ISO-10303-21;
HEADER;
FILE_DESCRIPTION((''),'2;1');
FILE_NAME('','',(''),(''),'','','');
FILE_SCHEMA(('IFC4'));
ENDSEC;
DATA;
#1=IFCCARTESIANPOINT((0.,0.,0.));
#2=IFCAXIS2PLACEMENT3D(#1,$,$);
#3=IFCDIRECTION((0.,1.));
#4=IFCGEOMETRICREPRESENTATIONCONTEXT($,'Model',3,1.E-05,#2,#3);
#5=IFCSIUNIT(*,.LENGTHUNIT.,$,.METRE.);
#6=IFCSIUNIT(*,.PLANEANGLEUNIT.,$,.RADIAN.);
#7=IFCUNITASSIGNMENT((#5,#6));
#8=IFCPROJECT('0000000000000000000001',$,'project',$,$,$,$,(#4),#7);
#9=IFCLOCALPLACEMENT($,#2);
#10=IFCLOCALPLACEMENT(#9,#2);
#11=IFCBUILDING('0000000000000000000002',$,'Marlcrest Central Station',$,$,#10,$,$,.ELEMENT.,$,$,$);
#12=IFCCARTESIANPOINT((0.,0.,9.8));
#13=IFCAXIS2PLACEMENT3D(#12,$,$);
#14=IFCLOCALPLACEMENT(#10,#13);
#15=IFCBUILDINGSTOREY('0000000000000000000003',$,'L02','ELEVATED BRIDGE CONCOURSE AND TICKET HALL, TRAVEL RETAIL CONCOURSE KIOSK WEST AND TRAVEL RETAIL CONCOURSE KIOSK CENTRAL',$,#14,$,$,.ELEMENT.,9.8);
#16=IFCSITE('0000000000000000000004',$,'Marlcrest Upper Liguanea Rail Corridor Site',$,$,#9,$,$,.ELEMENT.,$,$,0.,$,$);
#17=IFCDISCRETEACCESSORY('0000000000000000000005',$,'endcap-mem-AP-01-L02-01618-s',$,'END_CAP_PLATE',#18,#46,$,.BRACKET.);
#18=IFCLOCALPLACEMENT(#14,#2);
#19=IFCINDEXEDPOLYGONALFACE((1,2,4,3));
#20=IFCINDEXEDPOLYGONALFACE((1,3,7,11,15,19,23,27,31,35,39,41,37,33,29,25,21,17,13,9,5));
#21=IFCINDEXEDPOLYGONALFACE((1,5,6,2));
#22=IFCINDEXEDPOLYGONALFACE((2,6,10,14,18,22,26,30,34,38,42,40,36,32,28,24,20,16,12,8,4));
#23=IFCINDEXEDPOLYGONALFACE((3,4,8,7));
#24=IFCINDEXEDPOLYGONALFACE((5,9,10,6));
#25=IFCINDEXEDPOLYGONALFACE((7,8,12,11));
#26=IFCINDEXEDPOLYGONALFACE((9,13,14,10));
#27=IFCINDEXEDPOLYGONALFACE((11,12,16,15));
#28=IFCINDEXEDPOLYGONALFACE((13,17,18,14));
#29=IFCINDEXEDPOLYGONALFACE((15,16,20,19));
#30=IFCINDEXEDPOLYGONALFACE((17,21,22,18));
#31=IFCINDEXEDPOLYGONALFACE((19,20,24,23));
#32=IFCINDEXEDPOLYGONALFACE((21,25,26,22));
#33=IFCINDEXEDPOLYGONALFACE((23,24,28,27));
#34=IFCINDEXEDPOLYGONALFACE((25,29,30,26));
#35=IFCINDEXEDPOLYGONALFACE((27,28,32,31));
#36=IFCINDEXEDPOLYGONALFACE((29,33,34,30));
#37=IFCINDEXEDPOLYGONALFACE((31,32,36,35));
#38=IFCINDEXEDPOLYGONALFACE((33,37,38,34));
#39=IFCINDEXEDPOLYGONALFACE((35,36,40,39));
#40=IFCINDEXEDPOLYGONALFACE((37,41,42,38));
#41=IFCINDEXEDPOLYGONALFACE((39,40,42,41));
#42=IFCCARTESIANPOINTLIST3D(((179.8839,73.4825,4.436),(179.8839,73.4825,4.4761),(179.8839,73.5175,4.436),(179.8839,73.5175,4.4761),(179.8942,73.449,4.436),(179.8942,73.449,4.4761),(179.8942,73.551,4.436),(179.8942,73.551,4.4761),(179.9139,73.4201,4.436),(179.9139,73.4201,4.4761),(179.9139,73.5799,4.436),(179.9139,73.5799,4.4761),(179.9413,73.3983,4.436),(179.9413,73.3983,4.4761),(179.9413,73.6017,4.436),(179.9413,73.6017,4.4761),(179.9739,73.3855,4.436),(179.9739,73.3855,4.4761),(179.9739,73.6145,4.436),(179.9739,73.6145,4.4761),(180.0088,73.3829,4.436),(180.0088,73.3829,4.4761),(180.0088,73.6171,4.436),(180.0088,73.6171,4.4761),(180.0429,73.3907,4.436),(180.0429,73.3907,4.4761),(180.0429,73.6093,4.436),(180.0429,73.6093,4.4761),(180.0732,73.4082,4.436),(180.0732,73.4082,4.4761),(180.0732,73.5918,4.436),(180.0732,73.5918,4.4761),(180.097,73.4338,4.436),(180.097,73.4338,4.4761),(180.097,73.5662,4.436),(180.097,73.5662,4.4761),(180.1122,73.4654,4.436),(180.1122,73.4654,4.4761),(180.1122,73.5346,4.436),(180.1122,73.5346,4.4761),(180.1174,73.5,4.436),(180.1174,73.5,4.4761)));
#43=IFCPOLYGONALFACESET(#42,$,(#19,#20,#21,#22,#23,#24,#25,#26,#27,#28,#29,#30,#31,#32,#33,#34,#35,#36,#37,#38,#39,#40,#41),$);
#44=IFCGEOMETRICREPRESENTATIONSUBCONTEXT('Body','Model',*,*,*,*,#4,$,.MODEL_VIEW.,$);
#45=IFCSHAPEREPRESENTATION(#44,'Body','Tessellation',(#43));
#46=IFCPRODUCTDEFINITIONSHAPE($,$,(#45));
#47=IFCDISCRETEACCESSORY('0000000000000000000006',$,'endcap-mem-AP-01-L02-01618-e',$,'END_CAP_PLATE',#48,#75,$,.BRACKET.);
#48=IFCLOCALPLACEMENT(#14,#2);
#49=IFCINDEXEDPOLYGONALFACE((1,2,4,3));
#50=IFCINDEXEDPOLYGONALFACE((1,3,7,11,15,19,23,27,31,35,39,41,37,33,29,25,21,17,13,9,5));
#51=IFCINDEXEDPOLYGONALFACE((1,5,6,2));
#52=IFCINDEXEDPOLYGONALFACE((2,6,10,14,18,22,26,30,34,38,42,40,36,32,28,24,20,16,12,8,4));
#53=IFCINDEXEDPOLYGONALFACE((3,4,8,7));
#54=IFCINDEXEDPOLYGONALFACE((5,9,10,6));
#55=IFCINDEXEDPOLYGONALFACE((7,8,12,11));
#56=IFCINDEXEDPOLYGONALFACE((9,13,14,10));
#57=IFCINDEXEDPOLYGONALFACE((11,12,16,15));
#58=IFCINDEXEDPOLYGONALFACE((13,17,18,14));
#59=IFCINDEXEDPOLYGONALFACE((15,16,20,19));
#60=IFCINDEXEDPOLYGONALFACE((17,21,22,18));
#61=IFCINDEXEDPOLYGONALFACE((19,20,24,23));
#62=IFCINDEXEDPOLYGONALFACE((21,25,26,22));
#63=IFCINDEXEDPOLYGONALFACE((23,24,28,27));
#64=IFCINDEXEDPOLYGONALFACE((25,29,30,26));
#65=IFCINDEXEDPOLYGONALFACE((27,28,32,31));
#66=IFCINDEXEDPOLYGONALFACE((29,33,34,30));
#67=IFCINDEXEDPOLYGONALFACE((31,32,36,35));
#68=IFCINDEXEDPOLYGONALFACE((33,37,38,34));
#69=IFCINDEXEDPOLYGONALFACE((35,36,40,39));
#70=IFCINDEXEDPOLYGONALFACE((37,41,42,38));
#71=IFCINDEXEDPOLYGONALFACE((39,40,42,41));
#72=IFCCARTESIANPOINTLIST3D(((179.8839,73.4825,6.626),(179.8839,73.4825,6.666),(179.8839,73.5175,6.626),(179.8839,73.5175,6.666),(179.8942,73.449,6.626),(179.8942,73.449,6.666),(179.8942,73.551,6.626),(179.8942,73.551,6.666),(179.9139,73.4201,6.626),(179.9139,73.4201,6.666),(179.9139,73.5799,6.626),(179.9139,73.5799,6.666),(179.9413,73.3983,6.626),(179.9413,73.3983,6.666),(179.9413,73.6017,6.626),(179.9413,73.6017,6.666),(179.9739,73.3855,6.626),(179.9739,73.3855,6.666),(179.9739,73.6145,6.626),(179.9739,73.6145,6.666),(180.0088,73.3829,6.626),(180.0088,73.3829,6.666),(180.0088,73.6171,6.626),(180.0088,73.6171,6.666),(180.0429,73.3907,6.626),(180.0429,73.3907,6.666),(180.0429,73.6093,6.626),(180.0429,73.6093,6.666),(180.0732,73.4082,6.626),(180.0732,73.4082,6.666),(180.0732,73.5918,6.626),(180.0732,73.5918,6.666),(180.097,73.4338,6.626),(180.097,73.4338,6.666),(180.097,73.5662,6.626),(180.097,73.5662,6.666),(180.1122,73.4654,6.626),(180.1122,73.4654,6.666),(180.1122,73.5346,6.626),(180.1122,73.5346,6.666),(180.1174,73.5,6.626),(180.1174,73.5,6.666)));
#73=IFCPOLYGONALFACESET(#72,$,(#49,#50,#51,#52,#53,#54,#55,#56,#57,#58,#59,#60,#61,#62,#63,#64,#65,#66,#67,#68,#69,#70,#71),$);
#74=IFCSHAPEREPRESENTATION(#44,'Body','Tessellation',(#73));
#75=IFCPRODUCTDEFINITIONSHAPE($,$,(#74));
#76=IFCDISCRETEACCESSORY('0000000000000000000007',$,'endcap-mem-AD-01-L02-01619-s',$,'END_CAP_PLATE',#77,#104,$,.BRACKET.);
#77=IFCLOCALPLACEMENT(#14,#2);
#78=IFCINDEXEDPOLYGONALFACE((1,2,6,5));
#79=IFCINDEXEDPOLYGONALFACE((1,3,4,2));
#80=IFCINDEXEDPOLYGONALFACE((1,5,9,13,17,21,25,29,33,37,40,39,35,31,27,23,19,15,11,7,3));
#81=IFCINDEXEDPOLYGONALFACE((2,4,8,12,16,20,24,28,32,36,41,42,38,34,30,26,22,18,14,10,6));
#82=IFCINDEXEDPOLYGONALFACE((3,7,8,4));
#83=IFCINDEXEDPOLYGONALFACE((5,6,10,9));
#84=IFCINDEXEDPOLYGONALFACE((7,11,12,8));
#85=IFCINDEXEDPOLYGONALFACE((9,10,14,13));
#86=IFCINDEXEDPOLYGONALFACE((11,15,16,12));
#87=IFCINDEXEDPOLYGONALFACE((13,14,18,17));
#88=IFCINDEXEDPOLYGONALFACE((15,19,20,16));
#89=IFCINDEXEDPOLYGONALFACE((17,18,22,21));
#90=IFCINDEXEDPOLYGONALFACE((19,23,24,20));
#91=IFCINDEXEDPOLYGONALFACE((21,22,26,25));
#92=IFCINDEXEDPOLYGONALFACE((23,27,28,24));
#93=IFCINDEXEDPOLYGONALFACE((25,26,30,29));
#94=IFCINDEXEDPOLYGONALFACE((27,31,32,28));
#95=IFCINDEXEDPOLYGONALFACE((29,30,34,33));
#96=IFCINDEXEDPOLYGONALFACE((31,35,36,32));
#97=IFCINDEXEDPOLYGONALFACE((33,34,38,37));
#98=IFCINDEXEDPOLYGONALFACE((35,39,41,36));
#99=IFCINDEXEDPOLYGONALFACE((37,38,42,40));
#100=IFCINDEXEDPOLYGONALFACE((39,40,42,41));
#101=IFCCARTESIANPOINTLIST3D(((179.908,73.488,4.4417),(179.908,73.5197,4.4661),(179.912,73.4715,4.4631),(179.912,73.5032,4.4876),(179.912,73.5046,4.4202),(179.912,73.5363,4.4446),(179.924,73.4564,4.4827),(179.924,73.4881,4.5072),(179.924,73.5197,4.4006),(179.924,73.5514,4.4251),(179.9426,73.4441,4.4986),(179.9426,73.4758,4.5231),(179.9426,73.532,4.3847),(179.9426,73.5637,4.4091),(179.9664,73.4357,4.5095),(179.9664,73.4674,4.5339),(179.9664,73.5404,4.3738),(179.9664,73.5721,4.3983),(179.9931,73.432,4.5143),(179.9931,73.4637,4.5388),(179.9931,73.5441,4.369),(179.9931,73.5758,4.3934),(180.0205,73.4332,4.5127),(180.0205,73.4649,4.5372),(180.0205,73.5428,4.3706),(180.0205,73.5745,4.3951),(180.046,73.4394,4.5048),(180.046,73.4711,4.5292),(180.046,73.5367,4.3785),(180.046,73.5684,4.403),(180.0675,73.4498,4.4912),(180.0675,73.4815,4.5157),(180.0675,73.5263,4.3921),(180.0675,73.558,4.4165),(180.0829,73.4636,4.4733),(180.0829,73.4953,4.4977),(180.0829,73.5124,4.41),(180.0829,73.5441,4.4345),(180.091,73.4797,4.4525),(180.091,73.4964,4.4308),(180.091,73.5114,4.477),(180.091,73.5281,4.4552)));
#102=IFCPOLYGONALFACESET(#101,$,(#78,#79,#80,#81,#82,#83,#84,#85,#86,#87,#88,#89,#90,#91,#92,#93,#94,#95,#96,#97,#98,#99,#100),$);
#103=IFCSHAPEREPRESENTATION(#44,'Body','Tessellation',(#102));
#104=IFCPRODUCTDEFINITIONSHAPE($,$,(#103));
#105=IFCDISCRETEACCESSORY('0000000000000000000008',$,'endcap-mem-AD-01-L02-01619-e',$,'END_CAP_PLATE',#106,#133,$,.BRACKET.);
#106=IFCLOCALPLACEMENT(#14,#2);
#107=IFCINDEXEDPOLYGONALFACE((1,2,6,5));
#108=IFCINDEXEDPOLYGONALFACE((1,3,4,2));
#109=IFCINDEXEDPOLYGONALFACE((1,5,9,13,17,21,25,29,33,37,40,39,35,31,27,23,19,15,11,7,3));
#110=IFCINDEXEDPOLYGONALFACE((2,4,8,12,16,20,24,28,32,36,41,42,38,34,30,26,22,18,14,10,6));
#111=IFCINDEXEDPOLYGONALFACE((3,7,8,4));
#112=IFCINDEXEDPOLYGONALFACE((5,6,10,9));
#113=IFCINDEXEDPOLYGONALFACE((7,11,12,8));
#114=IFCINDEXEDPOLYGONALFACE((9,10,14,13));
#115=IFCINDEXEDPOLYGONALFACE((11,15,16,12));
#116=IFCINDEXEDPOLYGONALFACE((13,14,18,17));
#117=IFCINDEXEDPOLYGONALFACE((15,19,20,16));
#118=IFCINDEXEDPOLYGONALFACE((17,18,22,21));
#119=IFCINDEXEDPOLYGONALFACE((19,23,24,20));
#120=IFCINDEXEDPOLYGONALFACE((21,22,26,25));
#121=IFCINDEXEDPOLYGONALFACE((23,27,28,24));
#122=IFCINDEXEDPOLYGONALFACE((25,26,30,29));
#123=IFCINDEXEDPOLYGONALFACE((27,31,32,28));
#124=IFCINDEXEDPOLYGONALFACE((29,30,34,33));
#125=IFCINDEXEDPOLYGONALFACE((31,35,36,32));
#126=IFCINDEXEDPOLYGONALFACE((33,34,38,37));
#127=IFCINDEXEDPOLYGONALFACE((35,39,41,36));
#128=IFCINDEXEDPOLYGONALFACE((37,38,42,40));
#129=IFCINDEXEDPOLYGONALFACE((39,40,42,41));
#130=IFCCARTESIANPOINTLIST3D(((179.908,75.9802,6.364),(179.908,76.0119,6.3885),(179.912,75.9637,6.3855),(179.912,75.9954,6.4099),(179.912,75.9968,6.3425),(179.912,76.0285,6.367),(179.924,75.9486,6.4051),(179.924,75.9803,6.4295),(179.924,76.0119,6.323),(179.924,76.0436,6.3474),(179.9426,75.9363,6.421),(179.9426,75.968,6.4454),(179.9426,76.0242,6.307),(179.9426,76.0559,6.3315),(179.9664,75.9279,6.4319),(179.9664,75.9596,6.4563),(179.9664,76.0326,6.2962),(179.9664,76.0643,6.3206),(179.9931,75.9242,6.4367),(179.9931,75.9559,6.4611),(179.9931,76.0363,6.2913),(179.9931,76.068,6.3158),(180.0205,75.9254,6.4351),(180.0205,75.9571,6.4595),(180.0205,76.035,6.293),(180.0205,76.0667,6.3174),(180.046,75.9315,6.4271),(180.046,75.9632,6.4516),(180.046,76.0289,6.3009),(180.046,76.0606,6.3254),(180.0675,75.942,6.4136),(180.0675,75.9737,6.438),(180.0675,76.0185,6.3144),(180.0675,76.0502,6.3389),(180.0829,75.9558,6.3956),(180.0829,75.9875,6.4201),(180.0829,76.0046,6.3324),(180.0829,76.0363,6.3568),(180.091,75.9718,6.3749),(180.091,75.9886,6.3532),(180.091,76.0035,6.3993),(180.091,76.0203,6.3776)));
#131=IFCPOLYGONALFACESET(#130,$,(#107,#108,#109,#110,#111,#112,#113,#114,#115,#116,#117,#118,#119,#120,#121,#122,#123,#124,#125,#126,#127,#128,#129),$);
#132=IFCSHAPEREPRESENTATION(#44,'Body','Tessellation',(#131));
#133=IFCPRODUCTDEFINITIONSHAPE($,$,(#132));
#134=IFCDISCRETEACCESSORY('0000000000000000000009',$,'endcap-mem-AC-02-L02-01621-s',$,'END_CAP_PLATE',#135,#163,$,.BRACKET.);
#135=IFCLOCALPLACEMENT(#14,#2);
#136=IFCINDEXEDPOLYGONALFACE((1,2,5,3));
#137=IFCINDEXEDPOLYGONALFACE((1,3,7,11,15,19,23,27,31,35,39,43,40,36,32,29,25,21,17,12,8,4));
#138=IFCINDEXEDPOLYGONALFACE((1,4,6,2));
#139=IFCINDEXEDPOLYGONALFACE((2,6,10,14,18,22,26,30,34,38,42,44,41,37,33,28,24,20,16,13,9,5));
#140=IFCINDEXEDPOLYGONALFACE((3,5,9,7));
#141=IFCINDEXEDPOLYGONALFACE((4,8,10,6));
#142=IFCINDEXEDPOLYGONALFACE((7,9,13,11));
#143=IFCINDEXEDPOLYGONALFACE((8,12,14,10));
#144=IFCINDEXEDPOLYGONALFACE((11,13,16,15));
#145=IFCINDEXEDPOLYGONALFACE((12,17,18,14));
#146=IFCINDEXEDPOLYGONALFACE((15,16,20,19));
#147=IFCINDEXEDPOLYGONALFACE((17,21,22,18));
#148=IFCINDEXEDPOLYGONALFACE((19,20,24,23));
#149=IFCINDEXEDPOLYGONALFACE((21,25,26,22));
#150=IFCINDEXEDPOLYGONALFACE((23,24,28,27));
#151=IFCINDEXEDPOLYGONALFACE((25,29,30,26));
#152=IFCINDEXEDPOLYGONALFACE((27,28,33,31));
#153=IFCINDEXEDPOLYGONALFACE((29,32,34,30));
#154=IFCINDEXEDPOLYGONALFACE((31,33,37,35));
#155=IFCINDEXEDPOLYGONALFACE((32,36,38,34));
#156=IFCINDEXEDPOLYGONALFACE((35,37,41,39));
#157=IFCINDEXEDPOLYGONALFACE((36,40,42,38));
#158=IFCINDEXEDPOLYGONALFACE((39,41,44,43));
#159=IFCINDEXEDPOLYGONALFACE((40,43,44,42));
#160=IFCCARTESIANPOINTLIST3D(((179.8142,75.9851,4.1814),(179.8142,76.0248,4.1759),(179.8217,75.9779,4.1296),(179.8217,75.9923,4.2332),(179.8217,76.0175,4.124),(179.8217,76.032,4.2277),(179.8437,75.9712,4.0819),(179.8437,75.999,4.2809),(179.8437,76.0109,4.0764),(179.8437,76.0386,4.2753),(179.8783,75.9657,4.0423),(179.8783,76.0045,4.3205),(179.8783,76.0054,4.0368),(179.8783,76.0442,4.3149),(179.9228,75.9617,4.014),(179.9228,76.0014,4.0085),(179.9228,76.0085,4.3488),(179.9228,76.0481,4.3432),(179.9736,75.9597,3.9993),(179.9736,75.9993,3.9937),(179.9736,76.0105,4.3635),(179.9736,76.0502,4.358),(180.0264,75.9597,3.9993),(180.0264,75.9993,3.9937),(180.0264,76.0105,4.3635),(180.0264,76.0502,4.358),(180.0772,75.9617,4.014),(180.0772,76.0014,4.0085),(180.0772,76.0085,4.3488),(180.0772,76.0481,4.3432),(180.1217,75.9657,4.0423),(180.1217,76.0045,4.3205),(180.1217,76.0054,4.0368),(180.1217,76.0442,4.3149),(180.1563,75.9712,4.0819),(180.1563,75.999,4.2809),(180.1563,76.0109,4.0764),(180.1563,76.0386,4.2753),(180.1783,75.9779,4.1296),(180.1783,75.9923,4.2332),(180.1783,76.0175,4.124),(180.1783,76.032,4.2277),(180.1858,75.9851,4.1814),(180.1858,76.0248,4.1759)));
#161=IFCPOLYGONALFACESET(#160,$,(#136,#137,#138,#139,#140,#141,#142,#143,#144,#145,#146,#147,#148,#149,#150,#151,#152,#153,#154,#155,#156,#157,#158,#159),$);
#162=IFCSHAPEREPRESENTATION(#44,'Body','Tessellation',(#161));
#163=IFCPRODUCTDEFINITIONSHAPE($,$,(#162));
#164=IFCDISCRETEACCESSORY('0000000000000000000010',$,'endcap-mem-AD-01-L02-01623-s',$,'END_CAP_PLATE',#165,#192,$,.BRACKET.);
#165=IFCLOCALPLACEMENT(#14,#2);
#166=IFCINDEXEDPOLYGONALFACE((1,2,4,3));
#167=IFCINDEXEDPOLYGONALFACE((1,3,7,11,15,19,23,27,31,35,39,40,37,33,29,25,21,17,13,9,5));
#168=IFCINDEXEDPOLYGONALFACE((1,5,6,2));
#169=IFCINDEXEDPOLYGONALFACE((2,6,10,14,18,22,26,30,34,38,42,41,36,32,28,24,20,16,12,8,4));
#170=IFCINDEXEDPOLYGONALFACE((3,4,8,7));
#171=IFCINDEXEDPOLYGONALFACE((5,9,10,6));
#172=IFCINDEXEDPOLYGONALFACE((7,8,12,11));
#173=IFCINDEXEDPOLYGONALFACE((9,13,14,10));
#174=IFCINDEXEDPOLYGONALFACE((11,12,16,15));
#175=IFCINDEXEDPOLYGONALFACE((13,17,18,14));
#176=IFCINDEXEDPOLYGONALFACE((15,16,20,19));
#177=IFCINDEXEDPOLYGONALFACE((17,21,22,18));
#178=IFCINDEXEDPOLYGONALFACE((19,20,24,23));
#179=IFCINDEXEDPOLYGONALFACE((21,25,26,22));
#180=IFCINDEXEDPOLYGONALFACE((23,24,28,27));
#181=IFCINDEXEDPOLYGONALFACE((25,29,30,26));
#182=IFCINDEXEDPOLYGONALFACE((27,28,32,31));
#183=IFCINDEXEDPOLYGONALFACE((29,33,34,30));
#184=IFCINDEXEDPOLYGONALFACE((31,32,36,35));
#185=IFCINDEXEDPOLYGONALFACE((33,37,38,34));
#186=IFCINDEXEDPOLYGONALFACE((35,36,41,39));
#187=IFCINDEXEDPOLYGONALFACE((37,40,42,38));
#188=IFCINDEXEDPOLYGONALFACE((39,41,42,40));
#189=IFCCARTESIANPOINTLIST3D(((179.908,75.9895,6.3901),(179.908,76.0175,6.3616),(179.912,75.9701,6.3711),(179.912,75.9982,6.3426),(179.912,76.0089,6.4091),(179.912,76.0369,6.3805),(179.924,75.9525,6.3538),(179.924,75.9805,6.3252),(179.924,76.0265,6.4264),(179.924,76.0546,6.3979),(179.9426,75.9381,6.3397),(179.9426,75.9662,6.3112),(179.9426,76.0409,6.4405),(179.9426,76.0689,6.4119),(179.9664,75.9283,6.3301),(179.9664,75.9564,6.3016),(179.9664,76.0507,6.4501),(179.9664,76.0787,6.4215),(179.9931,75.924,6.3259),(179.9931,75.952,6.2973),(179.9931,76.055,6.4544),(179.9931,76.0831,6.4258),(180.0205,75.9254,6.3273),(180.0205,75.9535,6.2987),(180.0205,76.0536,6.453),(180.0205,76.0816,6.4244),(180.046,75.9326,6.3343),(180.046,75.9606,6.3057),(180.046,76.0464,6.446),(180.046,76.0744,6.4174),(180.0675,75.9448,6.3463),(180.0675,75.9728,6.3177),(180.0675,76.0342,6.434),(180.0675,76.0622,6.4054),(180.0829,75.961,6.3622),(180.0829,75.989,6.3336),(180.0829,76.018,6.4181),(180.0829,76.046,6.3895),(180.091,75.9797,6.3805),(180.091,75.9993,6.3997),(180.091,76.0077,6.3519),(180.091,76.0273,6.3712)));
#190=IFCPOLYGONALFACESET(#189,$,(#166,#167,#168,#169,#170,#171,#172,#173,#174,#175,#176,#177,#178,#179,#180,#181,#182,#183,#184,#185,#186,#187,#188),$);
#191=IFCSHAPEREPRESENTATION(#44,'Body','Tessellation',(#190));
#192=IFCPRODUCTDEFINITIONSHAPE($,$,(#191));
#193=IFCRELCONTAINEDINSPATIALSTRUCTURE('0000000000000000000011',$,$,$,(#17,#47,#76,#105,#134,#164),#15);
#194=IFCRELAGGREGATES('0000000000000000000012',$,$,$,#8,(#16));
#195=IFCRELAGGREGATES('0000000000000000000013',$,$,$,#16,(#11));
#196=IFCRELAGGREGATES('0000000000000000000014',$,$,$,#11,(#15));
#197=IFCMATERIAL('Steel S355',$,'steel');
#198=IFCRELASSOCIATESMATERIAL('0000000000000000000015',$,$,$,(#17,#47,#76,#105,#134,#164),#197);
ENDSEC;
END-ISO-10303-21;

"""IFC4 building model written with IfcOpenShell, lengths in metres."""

from ifc_helpers import new_model, si_unit, direction, frame, origin, origin_2d, place, context, subcontext, project, spatial, circle, extrude, material, element, save


model = new_model("IFC4")

# Units and contexts
model_context = context("Model", 3, precision=1e-05, world=origin(), true_north=direction((0.0, 1.0)))
body_context = subcontext(model_context, "Body", "Model", "MODEL_VIEW")
ifc_project = project(units=[si_unit("LENGTHUNIT", "METRE"), si_unit("PLANEANGLEUNIT", "RADIAN")], contexts=[model_context])

# Site, building, storey
site_placement = place(None, origin())
site = spatial("IfcSite", under=ifc_project, at=site_placement, Name="Marlcrest Upper Liguanea Rail Corridor Site", CompositionType="ELEMENT", RefElevation=0.0)
building_placement = place(site_placement, origin())
building = spatial("IfcBuilding", under=site, at=building_placement, Name="Marlcrest Central Station", CompositionType="ELEMENT")
storey_placement = place(building_placement, frame((0.0, 0.0, 9.8)))
storey = spatial("IfcBuildingStorey", under=building, at=storey_placement, Name="L02", Description="ELEVATED BRIDGE CONCOURSE AND TICKET HALL, TRAVEL RETAIL CONCOURSE KIOSK WEST AND TRAVEL RETAIL CONCOURSE KIOSK CENTRAL", CompositionType="ELEMENT", Elevation=9.8)

# Shared definitions
ifc_material = material(Name="Steel S355", Category="steel")

# Discrete accessories
for number, where, z_axis, x_axis, name in (
    (1, (180.0, 73.5, 4.436), (0.0, 0.0, 1.0), (1.0, 0.0, 0.0), "endcap-mem-AP-01-L02-01618-s"),
    (2, (180.0, 73.5, 6.626), (0.0, 0.0, 1.0), (1.0, 0.0, 0.0), "endcap-mem-AP-01-L02-01618-e"),
):
    element("IfcDiscreteAccessory", number, at=place(storey_placement, frame(where, z_axis=z_axis, x_axis=x_axis)), inside=storey, material=ifc_material, Name=name, ObjectType="END_CAP_PLATE", PredefinedType="BRACKET", context=body_context, shape_type="SweptSolid", body=[
        extrude(circle(Radius=0.1174, at=origin_2d()), origin(), (0.0, 0.0, 1.0), 0.04),
    ])
for number, where, z_axis, x_axis, name in (
    (3, (180.0, 73.488, 4.4417), (0.0, 0.791798, 0.610783), (-1.0, 0.0, 0.0), "endcap-mem-AD-01-L02-01619-s"),
    (4, (180.0, 75.9802, 6.364), (0.0, 0.791798, 0.610783), (-1.0, 0.0, 0.0), "endcap-mem-AD-01-L02-01619-e"),
):
    element("IfcDiscreteAccessory", number, at=place(storey_placement, frame(where, z_axis=z_axis, x_axis=x_axis)), inside=storey, material=ifc_material, Name=name, ObjectType="END_CAP_PLATE", PredefinedType="BRACKET", context=body_context, shape_type="SweptSolid", body=[
        extrude(circle(Radius=0.092, at=origin_2d()), origin(), (0.0, 0.0, 1.0), 0.04),
    ])
discrete_accessory_1_placement = place(storey_placement, frame((180.0, 75.9851, 4.1814), z_axis=(0.0, 0.990403, -0.138211), x_axis=(-1.0, 0.0, 0.0)))
element("IfcDiscreteAccessory", 5, at=discrete_accessory_1_placement, inside=storey, material=ifc_material, Name="endcap-mem-AC-02-L02-01621-s", ObjectType="END_CAP_PLATE", PredefinedType="BRACKET", context=body_context, shape_type="SweptSolid", body=[
    extrude(circle(Radius=0.1858, at=origin_2d()), origin(), (0.0, 0.0, 1.0), 0.04),
])
discrete_accessory_2_placement = place(storey_placement, frame((180.0, 75.9895, 6.3901), z_axis=(0.0, 0.700235, -0.713912), x_axis=(-1.0, 0.0, 0.0)))
element("IfcDiscreteAccessory", 6, at=discrete_accessory_2_placement, inside=storey, material=ifc_material, Name="endcap-mem-AD-01-L02-01623-s", ObjectType="END_CAP_PLATE", PredefinedType="BRACKET", context=body_context, shape_type="SweptSolid", body=[
    extrude(circle(Radius=0.092, at=origin_2d()), origin(), (0.0, 0.0, 1.0), 0.04),
])

save(model, "model.ifc")
